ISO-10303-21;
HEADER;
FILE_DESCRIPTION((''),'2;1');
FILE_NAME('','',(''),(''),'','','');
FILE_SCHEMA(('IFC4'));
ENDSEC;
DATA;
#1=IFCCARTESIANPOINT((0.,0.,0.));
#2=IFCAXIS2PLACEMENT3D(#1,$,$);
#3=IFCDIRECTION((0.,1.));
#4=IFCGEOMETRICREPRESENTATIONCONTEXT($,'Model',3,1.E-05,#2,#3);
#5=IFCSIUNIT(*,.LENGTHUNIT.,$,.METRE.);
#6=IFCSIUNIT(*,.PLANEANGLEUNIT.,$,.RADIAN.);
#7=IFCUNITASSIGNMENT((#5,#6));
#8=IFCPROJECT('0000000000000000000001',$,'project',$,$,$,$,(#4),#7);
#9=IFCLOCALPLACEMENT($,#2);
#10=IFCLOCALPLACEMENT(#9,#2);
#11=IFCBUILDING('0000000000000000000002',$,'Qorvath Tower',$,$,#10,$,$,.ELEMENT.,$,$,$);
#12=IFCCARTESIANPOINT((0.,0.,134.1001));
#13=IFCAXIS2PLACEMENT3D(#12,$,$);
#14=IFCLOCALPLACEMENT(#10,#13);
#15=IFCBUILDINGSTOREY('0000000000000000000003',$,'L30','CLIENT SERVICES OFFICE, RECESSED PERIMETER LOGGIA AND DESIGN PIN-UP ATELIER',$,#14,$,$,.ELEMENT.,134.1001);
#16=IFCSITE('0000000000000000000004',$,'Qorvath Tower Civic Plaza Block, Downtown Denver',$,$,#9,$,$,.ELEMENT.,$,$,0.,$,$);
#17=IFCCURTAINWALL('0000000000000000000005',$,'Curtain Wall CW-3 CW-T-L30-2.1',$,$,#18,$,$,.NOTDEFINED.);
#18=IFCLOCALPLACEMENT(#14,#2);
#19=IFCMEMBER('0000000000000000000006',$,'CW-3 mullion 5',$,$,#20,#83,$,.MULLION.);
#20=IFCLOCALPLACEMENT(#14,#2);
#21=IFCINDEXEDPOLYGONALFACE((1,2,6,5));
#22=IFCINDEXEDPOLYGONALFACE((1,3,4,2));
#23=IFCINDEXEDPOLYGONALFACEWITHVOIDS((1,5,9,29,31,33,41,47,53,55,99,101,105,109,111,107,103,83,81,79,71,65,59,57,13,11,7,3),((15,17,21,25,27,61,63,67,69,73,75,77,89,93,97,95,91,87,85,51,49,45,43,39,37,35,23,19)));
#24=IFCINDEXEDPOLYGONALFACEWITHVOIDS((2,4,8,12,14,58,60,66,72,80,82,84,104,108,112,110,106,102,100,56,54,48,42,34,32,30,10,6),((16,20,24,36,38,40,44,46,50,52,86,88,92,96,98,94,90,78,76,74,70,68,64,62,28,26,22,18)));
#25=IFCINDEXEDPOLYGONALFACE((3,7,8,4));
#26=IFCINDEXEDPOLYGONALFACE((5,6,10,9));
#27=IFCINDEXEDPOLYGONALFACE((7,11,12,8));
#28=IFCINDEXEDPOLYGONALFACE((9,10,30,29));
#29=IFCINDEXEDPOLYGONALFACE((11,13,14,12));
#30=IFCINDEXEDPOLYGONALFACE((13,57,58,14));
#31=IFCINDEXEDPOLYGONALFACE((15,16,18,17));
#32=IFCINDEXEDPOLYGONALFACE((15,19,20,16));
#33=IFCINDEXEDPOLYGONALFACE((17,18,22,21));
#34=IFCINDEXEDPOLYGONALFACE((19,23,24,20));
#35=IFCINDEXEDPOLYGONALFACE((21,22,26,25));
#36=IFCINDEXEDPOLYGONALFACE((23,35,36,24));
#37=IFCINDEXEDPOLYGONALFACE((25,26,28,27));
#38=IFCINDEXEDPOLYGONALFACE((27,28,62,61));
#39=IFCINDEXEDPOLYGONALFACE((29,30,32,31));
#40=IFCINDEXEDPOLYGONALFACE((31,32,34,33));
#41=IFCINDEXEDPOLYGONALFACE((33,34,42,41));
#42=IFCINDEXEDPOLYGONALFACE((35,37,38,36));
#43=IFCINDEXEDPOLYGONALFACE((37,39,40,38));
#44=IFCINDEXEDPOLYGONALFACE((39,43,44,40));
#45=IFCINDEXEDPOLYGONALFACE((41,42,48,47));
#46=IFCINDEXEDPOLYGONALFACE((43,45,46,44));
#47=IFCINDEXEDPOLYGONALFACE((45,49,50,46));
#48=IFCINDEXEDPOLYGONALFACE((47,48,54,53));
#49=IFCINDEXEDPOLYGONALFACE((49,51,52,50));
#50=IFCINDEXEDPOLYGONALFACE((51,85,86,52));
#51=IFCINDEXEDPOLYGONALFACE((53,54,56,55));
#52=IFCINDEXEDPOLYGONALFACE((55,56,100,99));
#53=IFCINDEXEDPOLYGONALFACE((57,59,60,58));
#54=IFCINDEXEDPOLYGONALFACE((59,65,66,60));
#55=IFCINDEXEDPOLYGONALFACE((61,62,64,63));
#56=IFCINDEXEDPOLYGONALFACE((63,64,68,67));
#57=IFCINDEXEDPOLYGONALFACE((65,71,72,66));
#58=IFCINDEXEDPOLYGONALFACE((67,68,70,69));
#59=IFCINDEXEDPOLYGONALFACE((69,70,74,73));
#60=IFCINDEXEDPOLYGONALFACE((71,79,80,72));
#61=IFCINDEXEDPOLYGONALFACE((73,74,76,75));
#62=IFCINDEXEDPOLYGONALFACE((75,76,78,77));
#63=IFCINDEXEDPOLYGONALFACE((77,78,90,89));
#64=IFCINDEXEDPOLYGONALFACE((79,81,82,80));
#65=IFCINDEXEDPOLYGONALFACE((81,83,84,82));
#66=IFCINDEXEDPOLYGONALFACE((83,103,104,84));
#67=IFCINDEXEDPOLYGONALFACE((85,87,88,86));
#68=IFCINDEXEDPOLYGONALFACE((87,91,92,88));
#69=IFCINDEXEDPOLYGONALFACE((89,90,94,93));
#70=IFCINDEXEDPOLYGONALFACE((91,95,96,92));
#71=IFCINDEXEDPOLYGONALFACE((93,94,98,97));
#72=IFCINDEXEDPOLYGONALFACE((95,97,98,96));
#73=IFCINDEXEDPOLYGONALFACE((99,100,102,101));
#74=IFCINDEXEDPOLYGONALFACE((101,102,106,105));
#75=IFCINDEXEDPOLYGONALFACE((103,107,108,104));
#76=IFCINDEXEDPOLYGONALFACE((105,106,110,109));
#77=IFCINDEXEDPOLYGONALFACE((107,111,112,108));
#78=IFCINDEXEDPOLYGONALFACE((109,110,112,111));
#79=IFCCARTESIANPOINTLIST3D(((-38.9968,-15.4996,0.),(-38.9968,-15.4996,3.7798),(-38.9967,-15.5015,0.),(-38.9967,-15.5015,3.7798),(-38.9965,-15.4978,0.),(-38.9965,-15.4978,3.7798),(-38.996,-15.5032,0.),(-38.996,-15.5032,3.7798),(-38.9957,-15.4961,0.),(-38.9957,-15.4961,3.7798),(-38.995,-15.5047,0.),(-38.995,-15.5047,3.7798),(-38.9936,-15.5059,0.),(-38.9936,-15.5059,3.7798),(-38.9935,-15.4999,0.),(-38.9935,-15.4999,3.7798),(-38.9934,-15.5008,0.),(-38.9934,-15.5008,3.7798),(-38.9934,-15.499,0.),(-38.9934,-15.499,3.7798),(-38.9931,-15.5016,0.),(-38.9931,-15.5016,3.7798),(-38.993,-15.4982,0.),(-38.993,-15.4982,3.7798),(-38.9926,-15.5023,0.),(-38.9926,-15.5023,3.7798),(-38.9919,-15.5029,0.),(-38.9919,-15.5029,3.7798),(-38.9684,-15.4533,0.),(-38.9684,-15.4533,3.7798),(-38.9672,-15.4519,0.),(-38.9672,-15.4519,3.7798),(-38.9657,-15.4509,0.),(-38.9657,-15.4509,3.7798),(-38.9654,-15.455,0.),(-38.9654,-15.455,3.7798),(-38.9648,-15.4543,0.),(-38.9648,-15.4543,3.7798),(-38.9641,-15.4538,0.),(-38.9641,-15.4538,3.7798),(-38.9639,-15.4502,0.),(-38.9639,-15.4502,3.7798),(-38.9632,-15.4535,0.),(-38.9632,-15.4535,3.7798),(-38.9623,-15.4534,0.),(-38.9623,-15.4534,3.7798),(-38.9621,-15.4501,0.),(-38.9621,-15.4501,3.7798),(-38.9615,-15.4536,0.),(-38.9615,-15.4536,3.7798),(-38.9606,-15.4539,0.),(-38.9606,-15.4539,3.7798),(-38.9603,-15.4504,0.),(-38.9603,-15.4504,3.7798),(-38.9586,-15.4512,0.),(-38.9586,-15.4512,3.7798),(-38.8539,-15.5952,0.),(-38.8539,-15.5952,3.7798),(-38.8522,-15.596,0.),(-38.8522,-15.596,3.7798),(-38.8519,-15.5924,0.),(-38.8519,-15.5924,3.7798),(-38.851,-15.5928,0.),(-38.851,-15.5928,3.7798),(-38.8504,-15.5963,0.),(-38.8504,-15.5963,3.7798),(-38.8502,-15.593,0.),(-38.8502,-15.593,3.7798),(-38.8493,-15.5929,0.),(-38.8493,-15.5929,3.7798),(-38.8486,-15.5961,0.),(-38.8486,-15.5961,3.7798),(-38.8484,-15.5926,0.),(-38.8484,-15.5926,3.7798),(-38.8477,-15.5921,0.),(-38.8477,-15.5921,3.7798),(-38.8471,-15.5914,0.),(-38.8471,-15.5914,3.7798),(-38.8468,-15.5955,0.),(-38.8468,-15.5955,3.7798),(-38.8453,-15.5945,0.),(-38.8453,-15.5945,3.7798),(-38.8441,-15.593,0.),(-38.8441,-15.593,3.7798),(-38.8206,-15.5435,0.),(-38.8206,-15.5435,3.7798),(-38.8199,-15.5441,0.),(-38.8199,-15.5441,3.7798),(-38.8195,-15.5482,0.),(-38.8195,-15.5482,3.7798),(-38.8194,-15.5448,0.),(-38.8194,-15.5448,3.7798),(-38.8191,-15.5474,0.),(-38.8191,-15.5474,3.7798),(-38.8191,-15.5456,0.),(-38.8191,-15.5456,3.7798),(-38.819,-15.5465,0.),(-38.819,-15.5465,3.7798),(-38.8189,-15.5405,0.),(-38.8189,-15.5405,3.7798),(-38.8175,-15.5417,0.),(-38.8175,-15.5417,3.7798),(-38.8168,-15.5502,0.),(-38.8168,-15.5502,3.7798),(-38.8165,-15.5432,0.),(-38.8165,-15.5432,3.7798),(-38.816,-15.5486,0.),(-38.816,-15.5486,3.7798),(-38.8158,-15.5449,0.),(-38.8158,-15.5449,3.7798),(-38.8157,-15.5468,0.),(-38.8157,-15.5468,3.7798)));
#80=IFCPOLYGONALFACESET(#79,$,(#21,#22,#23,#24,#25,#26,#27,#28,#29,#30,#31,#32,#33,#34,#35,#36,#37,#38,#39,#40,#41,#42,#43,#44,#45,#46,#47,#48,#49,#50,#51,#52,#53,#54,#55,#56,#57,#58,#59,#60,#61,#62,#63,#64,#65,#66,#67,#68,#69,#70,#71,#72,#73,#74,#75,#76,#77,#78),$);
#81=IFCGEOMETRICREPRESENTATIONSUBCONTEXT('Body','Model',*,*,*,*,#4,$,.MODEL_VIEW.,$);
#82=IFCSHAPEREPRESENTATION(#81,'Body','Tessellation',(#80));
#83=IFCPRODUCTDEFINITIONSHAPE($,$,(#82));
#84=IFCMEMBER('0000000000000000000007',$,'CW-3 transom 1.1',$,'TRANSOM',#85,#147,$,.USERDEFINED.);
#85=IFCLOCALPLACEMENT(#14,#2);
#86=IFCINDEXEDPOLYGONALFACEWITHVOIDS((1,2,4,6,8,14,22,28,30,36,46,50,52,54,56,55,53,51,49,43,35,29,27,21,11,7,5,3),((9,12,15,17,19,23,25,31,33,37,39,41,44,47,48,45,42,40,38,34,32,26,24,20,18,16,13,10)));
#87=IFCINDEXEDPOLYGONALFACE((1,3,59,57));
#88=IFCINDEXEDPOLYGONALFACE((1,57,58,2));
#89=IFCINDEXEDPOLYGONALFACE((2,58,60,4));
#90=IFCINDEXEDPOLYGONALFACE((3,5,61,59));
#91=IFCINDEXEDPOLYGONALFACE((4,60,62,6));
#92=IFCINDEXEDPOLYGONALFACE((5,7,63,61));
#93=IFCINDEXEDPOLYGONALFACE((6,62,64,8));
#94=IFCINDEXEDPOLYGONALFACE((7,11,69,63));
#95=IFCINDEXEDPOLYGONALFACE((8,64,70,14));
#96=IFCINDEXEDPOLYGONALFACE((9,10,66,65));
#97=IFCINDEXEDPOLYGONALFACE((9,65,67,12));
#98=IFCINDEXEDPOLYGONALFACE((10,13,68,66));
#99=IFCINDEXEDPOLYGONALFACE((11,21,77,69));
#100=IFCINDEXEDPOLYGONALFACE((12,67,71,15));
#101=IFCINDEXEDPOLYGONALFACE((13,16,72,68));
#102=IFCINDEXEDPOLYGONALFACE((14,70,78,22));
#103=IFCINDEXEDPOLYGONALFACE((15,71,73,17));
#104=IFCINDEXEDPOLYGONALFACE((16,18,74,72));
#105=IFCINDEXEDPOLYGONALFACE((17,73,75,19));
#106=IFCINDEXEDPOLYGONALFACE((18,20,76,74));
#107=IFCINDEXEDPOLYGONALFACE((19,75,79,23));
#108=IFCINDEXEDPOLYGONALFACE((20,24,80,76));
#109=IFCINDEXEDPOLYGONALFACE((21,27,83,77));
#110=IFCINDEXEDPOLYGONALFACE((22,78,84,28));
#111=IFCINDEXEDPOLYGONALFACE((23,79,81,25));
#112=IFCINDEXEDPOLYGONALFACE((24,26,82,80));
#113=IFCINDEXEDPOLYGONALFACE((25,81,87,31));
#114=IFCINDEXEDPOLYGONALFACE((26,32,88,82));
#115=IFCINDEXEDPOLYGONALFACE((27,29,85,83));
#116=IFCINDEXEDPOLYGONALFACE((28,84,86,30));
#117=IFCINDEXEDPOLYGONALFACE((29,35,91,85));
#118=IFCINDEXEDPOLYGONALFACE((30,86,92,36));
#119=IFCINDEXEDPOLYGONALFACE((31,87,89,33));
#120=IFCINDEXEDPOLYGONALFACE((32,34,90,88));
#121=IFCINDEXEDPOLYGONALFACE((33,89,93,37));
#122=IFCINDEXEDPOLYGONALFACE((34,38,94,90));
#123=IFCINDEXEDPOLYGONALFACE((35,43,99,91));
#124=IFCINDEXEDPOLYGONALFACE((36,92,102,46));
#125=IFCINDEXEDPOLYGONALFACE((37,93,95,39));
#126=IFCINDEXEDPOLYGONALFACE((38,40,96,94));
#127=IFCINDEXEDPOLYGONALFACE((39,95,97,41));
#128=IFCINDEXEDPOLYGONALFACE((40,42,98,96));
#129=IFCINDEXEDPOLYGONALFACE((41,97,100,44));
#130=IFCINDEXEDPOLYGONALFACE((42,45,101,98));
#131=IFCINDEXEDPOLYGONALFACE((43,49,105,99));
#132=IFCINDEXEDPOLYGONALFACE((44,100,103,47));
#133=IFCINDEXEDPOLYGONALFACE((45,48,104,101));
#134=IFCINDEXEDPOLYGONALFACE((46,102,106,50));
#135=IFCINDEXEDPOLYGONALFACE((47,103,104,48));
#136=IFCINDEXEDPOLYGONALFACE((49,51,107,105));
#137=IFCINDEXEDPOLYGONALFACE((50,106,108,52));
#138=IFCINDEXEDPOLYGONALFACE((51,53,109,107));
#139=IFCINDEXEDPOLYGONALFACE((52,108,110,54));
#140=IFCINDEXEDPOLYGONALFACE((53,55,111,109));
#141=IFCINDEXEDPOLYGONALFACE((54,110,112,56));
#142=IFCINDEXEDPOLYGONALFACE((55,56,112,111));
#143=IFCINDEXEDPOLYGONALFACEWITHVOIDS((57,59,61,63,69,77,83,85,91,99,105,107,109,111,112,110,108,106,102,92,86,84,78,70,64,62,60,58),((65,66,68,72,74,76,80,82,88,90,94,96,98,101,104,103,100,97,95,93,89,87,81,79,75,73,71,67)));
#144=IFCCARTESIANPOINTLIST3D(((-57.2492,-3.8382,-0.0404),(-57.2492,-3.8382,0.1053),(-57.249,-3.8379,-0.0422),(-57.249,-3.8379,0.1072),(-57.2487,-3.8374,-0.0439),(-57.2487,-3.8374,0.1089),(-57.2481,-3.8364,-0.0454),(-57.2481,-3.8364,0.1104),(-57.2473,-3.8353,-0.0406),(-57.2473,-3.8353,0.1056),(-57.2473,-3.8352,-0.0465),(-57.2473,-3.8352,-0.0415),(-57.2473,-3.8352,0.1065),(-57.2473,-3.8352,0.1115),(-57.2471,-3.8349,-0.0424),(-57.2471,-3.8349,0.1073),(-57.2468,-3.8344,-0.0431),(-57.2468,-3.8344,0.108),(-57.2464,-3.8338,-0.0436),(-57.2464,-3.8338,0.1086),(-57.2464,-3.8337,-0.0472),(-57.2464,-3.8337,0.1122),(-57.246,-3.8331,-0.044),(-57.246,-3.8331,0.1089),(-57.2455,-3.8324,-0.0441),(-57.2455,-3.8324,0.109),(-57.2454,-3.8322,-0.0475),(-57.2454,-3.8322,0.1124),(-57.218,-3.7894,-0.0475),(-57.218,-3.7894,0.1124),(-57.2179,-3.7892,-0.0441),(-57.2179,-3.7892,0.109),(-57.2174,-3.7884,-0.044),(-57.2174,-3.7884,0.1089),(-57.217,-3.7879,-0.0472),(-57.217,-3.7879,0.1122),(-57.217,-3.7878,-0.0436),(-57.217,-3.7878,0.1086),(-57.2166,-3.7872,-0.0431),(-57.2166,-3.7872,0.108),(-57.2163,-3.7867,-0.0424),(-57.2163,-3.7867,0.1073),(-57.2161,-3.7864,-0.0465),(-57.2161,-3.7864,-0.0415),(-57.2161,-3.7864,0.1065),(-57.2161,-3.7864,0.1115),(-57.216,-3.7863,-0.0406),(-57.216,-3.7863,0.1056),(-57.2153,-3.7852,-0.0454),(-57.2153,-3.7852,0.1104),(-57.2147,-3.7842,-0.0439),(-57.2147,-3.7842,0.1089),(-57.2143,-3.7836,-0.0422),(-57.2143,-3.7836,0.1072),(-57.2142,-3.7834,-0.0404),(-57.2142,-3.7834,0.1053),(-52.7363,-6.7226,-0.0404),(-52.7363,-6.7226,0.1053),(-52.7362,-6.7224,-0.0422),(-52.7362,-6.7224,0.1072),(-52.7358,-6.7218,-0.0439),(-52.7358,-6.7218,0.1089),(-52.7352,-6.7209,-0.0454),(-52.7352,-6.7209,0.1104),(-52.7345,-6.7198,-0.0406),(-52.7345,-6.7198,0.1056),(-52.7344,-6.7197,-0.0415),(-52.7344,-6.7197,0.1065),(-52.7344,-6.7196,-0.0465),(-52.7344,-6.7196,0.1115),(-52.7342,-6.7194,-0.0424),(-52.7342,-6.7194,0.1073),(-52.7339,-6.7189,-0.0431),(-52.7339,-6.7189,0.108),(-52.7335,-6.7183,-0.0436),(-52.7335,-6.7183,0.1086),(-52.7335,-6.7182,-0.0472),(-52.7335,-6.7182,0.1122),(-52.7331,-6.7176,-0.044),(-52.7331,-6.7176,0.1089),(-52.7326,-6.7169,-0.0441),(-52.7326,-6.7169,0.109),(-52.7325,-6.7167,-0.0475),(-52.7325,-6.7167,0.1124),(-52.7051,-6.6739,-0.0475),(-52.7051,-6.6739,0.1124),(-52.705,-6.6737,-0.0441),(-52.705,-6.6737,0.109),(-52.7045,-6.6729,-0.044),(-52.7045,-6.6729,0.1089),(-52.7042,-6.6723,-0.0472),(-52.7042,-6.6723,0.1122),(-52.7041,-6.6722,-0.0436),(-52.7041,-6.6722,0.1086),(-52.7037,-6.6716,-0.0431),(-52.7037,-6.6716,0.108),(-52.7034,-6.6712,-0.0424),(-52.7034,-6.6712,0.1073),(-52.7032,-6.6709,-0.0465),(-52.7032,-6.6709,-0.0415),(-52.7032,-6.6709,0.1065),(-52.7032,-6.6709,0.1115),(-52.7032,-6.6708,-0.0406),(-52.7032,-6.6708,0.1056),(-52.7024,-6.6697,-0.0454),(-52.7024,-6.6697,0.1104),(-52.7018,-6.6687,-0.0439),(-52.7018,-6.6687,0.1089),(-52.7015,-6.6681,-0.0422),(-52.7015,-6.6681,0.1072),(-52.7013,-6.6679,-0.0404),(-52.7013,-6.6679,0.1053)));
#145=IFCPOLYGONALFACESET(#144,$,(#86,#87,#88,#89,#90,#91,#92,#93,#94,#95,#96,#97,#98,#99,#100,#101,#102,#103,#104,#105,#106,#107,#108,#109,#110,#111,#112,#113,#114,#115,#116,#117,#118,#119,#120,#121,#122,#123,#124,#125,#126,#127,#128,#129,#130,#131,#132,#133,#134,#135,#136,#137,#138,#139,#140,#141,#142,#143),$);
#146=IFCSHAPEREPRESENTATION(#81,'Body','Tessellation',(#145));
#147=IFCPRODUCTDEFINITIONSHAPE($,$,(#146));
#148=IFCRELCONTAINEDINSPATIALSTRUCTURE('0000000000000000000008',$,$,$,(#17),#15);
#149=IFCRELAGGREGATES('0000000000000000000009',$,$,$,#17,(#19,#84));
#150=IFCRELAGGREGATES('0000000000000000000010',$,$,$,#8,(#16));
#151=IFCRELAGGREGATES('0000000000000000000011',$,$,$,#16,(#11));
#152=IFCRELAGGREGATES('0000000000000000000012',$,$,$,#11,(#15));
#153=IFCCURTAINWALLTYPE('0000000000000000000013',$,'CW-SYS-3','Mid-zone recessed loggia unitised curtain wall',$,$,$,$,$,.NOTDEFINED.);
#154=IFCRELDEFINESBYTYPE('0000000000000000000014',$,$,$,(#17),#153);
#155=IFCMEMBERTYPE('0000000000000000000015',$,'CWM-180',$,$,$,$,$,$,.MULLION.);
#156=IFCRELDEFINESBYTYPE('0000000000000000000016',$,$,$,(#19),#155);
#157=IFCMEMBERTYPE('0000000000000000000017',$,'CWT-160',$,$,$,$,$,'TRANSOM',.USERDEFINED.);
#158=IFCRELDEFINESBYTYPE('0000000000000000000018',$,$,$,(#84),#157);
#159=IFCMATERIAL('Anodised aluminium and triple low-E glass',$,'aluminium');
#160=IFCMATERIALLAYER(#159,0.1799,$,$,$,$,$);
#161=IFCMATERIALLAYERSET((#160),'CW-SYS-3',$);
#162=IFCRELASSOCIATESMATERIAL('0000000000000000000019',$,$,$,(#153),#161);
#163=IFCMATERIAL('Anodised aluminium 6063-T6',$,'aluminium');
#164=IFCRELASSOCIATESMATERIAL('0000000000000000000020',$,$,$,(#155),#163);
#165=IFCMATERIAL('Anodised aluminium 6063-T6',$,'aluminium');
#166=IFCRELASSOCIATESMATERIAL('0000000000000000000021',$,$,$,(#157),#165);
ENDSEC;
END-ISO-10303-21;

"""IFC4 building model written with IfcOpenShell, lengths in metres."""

from ifc_helpers import new_model, si_unit, direction, frame, origin, origin_2d, place, context, subcontext, project, spatial, hollow_rectangle, extrude, material, layer, layer_set, material_profile, profile_set, type_object, element, aggregate, save


model = new_model("IFC4")

# Units and contexts
model_context = context("Model", 3, precision=1e-05, world=origin(), true_north=direction((0.0, 1.0)))
body_context = subcontext(model_context, "Body", "Model", "MODEL_VIEW")
ifc_project = project(units=[si_unit("LENGTHUNIT", "METRE"), si_unit("PLANEANGLEUNIT", "RADIAN")], contexts=[model_context])

# Site, building, storey
site_placement = place(None, origin())
site = spatial("IfcSite", under=ifc_project, at=site_placement, Name="Qorvath Tower Civic Plaza Block, Downtown Denver", CompositionType="ELEMENT", RefElevation=0.0)
building_placement = place(site_placement, origin())
building = spatial("IfcBuilding", under=site, at=building_placement, Name="Qorvath Tower", CompositionType="ELEMENT")
storey_placement = place(building_placement, frame((0.0, 0.0, 134.1001)))
storey = spatial("IfcBuildingStorey", under=building, at=storey_placement, Name="L30", Description="CLIENT SERVICES OFFICE, RECESSED PERIMETER LOGGIA AND DESIGN PIN-UP ATELIER", CompositionType="ELEMENT", Elevation=134.1001)

# Curtain wall, members
ifc_material_1 = material(Name="Anodised aluminium and triple low-E glass", Category="aluminium")
ifc_layer_1 = layer(ifc_material_1, 0.1799)
ifc_layer_set_1 = layer_set([ifc_layer_1], Name="CW-SYS-3")
curtain_wall_type = type_object("IfcCurtainWallType", Name="CW-SYS-3", Description="Mid-zone recessed loggia unitised curtain wall", PredefinedType="NOTDEFINED", material=ifc_layer_set_1)
curtain_wall_placement = place(storey_placement, origin())
curtain_wall = element("IfcCurtainWall", 1, at=curtain_wall_placement, inside=storey, type_object=curtain_wall_type, Name="Curtain Wall CW-3 CW-T-L30-2.1", PredefinedType="NOTDEFINED")
ifc_material_2 = material(Name="Anodised aluminium 6063-T6", Category="aluminium")
ifc_material_profile_1 = material_profile(ifc_material_2, hollow_rectangle(XDim=0.0649, YDim=0.1799, WallThickness=0.0034, InnerFilletRadius=0.0034, OuterFilletRadius=0.0071, at=origin_2d()), Name="CWM 180x65")
ifc_profile_set_1 = profile_set([ifc_material_profile_1], Name="Anodised aluminium 6063-T6")
member_type_1 = type_object("IfcMemberType", Name="CWM-180", PredefinedType="MULLION", material=ifc_profile_set_1)
member_1_placement = place(storey_placement, frame((-38.9062, -15.5232, 0.0), z_axis=(0.0, 0.0, 1.0), x_axis=(0.538534, 0.842604, 0.0)))
member_1 = element("IfcMember", 2, at=member_1_placement, type_object=member_type_1, Name="CW-3 mullion 5", PredefinedType="MULLION", context=body_context, shape_type="SweptSolid", body=[
    extrude(hollow_rectangle(XDim=0.0649, YDim=0.1799, WallThickness=0.0034, InnerFilletRadius=0.0034, OuterFilletRadius=0.0071, at=origin_2d()), origin(), (0.0, 0.0, 1.0), 3.7798),
])
ifc_material_3 = material(Name="Anodised aluminium 6063-T6", Category="aluminium")
ifc_material_profile_2 = material_profile(ifc_material_3, hollow_rectangle(XDim=0.0649, YDim=0.1599, WallThickness=0.0034, InnerFilletRadius=0.0034, OuterFilletRadius=0.0071, at=origin_2d()), Name="CWT 160x65")
ifc_profile_set_2 = profile_set([ifc_material_profile_2], Name="Anodised aluminium 6063-T6")
member_type_2 = type_object("IfcMemberType", Name="CWT-160", ElementType="TRANSOM", PredefinedType="USERDEFINED", material=ifc_profile_set_2)
member_2_placement = place(storey_placement, frame((-57.2317, -3.8108, 0.0325), z_axis=(0.84259, -0.538556, 0.0), x_axis=(0.538556, 0.84259, 0.0)))
member_2 = element("IfcMember", 3, at=member_2_placement, type_object=member_type_2, Name="CW-3 transom 1.1", ObjectType="TRANSOM", PredefinedType="USERDEFINED", context=body_context, shape_type="SweptSolid", body=[
    extrude(hollow_rectangle(XDim=0.0649, YDim=0.1599, WallThickness=0.0034, InnerFilletRadius=0.0034, OuterFilletRadius=0.0071, at=origin_2d()), origin(), (0.0, 0.0, 1.0), 5.356),
])
aggregate(curtain_wall, [member_1, member_2])

save(model, "model.ifc")
